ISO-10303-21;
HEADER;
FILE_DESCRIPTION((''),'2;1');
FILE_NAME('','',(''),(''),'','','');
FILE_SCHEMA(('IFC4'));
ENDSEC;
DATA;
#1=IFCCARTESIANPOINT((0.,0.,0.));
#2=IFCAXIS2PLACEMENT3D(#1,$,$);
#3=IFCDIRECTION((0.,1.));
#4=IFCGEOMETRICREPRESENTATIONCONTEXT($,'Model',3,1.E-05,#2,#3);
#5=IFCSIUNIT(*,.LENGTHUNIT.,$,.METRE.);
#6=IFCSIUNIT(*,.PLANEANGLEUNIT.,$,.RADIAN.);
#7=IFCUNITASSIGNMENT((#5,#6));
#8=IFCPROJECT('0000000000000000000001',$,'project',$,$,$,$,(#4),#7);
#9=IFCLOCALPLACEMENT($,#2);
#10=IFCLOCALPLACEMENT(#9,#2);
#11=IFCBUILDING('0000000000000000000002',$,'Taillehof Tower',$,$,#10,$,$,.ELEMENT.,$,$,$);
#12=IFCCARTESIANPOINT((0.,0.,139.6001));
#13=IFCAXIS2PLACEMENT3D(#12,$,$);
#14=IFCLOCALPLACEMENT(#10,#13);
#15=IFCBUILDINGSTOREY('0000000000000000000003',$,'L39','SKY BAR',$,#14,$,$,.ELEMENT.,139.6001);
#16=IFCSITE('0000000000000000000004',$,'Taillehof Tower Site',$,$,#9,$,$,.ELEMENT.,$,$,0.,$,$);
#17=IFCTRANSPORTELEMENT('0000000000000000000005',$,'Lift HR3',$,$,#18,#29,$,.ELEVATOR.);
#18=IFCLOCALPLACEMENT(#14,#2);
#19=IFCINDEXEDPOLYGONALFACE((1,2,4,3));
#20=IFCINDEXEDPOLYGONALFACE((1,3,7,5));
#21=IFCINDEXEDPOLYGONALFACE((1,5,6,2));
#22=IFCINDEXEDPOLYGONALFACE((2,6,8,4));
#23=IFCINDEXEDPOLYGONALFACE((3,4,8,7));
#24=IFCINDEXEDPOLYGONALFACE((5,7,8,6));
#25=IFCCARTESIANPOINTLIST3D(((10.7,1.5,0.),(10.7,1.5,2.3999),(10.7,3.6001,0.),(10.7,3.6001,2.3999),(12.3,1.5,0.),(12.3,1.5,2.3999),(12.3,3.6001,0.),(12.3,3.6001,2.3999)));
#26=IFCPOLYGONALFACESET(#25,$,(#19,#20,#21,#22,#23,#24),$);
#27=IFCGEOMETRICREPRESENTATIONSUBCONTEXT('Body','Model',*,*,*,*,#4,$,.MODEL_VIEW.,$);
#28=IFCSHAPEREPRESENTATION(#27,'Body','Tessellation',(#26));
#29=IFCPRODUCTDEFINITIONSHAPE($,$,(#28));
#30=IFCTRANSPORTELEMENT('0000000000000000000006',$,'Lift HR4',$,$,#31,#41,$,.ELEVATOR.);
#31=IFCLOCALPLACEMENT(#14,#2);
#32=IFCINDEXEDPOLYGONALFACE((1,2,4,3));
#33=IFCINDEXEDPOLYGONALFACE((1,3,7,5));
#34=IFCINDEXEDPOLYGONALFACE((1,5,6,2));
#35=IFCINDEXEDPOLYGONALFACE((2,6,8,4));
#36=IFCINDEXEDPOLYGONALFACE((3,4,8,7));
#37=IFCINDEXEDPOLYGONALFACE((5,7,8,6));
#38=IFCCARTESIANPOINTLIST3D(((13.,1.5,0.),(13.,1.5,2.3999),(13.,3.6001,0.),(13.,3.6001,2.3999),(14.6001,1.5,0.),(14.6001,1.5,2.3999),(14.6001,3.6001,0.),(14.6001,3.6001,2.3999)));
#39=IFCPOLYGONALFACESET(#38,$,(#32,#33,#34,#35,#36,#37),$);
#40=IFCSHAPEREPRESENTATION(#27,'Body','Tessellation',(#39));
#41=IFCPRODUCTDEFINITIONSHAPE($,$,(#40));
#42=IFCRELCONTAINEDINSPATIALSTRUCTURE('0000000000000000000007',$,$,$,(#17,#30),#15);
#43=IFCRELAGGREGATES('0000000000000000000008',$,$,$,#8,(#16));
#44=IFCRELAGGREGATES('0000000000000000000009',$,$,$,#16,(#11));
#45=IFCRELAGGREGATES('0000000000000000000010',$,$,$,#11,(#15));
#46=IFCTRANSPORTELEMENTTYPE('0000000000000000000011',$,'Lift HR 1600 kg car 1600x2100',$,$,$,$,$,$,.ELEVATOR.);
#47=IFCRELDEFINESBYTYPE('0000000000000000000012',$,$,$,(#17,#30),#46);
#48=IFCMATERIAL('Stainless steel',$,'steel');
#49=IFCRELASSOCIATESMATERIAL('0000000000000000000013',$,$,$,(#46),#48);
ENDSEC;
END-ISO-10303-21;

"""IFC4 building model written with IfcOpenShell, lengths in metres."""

from ifc_helpers import new_model, si_unit, direction, frame, origin, origin_2d, place, context, subcontext, project, spatial, rectangle, extrude, material, type_object, element, save


model = new_model("IFC4")

# Units and contexts
model_context = context("Model", 3, precision=1e-05, world=origin(), true_north=direction((0.0, 1.0)))
body_context = subcontext(model_context, "Body", "Model", "MODEL_VIEW")
ifc_project = project(units=[si_unit("LENGTHUNIT", "METRE"), si_unit("PLANEANGLEUNIT", "RADIAN")], contexts=[model_context])

# Site, building, storey
site_placement = place(None, origin())
site = spatial("IfcSite", under=ifc_project, at=site_placement, Name="Taillehof Tower Site", CompositionType="ELEMENT", RefElevation=0.0)
building_placement = place(site_placement, origin())
building = spatial("IfcBuilding", under=site, at=building_placement, Name="Taillehof Tower", CompositionType="ELEMENT")
storey_placement = place(building_placement, frame((0.0, 0.0, 139.6001)))
storey = spatial("IfcBuildingStorey", under=building, at=storey_placement, Name="L39", Description="SKY BAR", CompositionType="ELEMENT", Elevation=139.6001)

# Transport elements
ifc_material_1 = material(Name="Stainless steel", Category="steel")
transport_element_type = type_object("IfcTransportElementType", Name="Lift HR 1600 kg car 1600x2100", PredefinedType="ELEVATOR", material=ifc_material_1)
for number, where, z_axis, x_axis, name in (
    (1, (11.5, 2.55, 0.0), (0.0, 0.0, 1.0), (1.0, 0.0, 0.0), "Lift HR3"),
    (2, (13.8, 2.55, 0.0), (0.0, 0.0, 1.0), (1.0, 0.0, 0.0), "Lift HR4"),
):
    element("IfcTransportElement", number, at=place(storey_placement, frame(where, z_axis=z_axis, x_axis=x_axis)), inside=storey, type_object=transport_element_type, Name=name, PredefinedType="ELEVATOR", context=body_context, shape_type="SweptSolid", body=[
        extrude(rectangle(XDim=1.6001, YDim=2.1001, at=origin_2d()), origin(), (0.0, 0.0, 1.0), 2.3999),
    ])

save(model, "model.ifc")
